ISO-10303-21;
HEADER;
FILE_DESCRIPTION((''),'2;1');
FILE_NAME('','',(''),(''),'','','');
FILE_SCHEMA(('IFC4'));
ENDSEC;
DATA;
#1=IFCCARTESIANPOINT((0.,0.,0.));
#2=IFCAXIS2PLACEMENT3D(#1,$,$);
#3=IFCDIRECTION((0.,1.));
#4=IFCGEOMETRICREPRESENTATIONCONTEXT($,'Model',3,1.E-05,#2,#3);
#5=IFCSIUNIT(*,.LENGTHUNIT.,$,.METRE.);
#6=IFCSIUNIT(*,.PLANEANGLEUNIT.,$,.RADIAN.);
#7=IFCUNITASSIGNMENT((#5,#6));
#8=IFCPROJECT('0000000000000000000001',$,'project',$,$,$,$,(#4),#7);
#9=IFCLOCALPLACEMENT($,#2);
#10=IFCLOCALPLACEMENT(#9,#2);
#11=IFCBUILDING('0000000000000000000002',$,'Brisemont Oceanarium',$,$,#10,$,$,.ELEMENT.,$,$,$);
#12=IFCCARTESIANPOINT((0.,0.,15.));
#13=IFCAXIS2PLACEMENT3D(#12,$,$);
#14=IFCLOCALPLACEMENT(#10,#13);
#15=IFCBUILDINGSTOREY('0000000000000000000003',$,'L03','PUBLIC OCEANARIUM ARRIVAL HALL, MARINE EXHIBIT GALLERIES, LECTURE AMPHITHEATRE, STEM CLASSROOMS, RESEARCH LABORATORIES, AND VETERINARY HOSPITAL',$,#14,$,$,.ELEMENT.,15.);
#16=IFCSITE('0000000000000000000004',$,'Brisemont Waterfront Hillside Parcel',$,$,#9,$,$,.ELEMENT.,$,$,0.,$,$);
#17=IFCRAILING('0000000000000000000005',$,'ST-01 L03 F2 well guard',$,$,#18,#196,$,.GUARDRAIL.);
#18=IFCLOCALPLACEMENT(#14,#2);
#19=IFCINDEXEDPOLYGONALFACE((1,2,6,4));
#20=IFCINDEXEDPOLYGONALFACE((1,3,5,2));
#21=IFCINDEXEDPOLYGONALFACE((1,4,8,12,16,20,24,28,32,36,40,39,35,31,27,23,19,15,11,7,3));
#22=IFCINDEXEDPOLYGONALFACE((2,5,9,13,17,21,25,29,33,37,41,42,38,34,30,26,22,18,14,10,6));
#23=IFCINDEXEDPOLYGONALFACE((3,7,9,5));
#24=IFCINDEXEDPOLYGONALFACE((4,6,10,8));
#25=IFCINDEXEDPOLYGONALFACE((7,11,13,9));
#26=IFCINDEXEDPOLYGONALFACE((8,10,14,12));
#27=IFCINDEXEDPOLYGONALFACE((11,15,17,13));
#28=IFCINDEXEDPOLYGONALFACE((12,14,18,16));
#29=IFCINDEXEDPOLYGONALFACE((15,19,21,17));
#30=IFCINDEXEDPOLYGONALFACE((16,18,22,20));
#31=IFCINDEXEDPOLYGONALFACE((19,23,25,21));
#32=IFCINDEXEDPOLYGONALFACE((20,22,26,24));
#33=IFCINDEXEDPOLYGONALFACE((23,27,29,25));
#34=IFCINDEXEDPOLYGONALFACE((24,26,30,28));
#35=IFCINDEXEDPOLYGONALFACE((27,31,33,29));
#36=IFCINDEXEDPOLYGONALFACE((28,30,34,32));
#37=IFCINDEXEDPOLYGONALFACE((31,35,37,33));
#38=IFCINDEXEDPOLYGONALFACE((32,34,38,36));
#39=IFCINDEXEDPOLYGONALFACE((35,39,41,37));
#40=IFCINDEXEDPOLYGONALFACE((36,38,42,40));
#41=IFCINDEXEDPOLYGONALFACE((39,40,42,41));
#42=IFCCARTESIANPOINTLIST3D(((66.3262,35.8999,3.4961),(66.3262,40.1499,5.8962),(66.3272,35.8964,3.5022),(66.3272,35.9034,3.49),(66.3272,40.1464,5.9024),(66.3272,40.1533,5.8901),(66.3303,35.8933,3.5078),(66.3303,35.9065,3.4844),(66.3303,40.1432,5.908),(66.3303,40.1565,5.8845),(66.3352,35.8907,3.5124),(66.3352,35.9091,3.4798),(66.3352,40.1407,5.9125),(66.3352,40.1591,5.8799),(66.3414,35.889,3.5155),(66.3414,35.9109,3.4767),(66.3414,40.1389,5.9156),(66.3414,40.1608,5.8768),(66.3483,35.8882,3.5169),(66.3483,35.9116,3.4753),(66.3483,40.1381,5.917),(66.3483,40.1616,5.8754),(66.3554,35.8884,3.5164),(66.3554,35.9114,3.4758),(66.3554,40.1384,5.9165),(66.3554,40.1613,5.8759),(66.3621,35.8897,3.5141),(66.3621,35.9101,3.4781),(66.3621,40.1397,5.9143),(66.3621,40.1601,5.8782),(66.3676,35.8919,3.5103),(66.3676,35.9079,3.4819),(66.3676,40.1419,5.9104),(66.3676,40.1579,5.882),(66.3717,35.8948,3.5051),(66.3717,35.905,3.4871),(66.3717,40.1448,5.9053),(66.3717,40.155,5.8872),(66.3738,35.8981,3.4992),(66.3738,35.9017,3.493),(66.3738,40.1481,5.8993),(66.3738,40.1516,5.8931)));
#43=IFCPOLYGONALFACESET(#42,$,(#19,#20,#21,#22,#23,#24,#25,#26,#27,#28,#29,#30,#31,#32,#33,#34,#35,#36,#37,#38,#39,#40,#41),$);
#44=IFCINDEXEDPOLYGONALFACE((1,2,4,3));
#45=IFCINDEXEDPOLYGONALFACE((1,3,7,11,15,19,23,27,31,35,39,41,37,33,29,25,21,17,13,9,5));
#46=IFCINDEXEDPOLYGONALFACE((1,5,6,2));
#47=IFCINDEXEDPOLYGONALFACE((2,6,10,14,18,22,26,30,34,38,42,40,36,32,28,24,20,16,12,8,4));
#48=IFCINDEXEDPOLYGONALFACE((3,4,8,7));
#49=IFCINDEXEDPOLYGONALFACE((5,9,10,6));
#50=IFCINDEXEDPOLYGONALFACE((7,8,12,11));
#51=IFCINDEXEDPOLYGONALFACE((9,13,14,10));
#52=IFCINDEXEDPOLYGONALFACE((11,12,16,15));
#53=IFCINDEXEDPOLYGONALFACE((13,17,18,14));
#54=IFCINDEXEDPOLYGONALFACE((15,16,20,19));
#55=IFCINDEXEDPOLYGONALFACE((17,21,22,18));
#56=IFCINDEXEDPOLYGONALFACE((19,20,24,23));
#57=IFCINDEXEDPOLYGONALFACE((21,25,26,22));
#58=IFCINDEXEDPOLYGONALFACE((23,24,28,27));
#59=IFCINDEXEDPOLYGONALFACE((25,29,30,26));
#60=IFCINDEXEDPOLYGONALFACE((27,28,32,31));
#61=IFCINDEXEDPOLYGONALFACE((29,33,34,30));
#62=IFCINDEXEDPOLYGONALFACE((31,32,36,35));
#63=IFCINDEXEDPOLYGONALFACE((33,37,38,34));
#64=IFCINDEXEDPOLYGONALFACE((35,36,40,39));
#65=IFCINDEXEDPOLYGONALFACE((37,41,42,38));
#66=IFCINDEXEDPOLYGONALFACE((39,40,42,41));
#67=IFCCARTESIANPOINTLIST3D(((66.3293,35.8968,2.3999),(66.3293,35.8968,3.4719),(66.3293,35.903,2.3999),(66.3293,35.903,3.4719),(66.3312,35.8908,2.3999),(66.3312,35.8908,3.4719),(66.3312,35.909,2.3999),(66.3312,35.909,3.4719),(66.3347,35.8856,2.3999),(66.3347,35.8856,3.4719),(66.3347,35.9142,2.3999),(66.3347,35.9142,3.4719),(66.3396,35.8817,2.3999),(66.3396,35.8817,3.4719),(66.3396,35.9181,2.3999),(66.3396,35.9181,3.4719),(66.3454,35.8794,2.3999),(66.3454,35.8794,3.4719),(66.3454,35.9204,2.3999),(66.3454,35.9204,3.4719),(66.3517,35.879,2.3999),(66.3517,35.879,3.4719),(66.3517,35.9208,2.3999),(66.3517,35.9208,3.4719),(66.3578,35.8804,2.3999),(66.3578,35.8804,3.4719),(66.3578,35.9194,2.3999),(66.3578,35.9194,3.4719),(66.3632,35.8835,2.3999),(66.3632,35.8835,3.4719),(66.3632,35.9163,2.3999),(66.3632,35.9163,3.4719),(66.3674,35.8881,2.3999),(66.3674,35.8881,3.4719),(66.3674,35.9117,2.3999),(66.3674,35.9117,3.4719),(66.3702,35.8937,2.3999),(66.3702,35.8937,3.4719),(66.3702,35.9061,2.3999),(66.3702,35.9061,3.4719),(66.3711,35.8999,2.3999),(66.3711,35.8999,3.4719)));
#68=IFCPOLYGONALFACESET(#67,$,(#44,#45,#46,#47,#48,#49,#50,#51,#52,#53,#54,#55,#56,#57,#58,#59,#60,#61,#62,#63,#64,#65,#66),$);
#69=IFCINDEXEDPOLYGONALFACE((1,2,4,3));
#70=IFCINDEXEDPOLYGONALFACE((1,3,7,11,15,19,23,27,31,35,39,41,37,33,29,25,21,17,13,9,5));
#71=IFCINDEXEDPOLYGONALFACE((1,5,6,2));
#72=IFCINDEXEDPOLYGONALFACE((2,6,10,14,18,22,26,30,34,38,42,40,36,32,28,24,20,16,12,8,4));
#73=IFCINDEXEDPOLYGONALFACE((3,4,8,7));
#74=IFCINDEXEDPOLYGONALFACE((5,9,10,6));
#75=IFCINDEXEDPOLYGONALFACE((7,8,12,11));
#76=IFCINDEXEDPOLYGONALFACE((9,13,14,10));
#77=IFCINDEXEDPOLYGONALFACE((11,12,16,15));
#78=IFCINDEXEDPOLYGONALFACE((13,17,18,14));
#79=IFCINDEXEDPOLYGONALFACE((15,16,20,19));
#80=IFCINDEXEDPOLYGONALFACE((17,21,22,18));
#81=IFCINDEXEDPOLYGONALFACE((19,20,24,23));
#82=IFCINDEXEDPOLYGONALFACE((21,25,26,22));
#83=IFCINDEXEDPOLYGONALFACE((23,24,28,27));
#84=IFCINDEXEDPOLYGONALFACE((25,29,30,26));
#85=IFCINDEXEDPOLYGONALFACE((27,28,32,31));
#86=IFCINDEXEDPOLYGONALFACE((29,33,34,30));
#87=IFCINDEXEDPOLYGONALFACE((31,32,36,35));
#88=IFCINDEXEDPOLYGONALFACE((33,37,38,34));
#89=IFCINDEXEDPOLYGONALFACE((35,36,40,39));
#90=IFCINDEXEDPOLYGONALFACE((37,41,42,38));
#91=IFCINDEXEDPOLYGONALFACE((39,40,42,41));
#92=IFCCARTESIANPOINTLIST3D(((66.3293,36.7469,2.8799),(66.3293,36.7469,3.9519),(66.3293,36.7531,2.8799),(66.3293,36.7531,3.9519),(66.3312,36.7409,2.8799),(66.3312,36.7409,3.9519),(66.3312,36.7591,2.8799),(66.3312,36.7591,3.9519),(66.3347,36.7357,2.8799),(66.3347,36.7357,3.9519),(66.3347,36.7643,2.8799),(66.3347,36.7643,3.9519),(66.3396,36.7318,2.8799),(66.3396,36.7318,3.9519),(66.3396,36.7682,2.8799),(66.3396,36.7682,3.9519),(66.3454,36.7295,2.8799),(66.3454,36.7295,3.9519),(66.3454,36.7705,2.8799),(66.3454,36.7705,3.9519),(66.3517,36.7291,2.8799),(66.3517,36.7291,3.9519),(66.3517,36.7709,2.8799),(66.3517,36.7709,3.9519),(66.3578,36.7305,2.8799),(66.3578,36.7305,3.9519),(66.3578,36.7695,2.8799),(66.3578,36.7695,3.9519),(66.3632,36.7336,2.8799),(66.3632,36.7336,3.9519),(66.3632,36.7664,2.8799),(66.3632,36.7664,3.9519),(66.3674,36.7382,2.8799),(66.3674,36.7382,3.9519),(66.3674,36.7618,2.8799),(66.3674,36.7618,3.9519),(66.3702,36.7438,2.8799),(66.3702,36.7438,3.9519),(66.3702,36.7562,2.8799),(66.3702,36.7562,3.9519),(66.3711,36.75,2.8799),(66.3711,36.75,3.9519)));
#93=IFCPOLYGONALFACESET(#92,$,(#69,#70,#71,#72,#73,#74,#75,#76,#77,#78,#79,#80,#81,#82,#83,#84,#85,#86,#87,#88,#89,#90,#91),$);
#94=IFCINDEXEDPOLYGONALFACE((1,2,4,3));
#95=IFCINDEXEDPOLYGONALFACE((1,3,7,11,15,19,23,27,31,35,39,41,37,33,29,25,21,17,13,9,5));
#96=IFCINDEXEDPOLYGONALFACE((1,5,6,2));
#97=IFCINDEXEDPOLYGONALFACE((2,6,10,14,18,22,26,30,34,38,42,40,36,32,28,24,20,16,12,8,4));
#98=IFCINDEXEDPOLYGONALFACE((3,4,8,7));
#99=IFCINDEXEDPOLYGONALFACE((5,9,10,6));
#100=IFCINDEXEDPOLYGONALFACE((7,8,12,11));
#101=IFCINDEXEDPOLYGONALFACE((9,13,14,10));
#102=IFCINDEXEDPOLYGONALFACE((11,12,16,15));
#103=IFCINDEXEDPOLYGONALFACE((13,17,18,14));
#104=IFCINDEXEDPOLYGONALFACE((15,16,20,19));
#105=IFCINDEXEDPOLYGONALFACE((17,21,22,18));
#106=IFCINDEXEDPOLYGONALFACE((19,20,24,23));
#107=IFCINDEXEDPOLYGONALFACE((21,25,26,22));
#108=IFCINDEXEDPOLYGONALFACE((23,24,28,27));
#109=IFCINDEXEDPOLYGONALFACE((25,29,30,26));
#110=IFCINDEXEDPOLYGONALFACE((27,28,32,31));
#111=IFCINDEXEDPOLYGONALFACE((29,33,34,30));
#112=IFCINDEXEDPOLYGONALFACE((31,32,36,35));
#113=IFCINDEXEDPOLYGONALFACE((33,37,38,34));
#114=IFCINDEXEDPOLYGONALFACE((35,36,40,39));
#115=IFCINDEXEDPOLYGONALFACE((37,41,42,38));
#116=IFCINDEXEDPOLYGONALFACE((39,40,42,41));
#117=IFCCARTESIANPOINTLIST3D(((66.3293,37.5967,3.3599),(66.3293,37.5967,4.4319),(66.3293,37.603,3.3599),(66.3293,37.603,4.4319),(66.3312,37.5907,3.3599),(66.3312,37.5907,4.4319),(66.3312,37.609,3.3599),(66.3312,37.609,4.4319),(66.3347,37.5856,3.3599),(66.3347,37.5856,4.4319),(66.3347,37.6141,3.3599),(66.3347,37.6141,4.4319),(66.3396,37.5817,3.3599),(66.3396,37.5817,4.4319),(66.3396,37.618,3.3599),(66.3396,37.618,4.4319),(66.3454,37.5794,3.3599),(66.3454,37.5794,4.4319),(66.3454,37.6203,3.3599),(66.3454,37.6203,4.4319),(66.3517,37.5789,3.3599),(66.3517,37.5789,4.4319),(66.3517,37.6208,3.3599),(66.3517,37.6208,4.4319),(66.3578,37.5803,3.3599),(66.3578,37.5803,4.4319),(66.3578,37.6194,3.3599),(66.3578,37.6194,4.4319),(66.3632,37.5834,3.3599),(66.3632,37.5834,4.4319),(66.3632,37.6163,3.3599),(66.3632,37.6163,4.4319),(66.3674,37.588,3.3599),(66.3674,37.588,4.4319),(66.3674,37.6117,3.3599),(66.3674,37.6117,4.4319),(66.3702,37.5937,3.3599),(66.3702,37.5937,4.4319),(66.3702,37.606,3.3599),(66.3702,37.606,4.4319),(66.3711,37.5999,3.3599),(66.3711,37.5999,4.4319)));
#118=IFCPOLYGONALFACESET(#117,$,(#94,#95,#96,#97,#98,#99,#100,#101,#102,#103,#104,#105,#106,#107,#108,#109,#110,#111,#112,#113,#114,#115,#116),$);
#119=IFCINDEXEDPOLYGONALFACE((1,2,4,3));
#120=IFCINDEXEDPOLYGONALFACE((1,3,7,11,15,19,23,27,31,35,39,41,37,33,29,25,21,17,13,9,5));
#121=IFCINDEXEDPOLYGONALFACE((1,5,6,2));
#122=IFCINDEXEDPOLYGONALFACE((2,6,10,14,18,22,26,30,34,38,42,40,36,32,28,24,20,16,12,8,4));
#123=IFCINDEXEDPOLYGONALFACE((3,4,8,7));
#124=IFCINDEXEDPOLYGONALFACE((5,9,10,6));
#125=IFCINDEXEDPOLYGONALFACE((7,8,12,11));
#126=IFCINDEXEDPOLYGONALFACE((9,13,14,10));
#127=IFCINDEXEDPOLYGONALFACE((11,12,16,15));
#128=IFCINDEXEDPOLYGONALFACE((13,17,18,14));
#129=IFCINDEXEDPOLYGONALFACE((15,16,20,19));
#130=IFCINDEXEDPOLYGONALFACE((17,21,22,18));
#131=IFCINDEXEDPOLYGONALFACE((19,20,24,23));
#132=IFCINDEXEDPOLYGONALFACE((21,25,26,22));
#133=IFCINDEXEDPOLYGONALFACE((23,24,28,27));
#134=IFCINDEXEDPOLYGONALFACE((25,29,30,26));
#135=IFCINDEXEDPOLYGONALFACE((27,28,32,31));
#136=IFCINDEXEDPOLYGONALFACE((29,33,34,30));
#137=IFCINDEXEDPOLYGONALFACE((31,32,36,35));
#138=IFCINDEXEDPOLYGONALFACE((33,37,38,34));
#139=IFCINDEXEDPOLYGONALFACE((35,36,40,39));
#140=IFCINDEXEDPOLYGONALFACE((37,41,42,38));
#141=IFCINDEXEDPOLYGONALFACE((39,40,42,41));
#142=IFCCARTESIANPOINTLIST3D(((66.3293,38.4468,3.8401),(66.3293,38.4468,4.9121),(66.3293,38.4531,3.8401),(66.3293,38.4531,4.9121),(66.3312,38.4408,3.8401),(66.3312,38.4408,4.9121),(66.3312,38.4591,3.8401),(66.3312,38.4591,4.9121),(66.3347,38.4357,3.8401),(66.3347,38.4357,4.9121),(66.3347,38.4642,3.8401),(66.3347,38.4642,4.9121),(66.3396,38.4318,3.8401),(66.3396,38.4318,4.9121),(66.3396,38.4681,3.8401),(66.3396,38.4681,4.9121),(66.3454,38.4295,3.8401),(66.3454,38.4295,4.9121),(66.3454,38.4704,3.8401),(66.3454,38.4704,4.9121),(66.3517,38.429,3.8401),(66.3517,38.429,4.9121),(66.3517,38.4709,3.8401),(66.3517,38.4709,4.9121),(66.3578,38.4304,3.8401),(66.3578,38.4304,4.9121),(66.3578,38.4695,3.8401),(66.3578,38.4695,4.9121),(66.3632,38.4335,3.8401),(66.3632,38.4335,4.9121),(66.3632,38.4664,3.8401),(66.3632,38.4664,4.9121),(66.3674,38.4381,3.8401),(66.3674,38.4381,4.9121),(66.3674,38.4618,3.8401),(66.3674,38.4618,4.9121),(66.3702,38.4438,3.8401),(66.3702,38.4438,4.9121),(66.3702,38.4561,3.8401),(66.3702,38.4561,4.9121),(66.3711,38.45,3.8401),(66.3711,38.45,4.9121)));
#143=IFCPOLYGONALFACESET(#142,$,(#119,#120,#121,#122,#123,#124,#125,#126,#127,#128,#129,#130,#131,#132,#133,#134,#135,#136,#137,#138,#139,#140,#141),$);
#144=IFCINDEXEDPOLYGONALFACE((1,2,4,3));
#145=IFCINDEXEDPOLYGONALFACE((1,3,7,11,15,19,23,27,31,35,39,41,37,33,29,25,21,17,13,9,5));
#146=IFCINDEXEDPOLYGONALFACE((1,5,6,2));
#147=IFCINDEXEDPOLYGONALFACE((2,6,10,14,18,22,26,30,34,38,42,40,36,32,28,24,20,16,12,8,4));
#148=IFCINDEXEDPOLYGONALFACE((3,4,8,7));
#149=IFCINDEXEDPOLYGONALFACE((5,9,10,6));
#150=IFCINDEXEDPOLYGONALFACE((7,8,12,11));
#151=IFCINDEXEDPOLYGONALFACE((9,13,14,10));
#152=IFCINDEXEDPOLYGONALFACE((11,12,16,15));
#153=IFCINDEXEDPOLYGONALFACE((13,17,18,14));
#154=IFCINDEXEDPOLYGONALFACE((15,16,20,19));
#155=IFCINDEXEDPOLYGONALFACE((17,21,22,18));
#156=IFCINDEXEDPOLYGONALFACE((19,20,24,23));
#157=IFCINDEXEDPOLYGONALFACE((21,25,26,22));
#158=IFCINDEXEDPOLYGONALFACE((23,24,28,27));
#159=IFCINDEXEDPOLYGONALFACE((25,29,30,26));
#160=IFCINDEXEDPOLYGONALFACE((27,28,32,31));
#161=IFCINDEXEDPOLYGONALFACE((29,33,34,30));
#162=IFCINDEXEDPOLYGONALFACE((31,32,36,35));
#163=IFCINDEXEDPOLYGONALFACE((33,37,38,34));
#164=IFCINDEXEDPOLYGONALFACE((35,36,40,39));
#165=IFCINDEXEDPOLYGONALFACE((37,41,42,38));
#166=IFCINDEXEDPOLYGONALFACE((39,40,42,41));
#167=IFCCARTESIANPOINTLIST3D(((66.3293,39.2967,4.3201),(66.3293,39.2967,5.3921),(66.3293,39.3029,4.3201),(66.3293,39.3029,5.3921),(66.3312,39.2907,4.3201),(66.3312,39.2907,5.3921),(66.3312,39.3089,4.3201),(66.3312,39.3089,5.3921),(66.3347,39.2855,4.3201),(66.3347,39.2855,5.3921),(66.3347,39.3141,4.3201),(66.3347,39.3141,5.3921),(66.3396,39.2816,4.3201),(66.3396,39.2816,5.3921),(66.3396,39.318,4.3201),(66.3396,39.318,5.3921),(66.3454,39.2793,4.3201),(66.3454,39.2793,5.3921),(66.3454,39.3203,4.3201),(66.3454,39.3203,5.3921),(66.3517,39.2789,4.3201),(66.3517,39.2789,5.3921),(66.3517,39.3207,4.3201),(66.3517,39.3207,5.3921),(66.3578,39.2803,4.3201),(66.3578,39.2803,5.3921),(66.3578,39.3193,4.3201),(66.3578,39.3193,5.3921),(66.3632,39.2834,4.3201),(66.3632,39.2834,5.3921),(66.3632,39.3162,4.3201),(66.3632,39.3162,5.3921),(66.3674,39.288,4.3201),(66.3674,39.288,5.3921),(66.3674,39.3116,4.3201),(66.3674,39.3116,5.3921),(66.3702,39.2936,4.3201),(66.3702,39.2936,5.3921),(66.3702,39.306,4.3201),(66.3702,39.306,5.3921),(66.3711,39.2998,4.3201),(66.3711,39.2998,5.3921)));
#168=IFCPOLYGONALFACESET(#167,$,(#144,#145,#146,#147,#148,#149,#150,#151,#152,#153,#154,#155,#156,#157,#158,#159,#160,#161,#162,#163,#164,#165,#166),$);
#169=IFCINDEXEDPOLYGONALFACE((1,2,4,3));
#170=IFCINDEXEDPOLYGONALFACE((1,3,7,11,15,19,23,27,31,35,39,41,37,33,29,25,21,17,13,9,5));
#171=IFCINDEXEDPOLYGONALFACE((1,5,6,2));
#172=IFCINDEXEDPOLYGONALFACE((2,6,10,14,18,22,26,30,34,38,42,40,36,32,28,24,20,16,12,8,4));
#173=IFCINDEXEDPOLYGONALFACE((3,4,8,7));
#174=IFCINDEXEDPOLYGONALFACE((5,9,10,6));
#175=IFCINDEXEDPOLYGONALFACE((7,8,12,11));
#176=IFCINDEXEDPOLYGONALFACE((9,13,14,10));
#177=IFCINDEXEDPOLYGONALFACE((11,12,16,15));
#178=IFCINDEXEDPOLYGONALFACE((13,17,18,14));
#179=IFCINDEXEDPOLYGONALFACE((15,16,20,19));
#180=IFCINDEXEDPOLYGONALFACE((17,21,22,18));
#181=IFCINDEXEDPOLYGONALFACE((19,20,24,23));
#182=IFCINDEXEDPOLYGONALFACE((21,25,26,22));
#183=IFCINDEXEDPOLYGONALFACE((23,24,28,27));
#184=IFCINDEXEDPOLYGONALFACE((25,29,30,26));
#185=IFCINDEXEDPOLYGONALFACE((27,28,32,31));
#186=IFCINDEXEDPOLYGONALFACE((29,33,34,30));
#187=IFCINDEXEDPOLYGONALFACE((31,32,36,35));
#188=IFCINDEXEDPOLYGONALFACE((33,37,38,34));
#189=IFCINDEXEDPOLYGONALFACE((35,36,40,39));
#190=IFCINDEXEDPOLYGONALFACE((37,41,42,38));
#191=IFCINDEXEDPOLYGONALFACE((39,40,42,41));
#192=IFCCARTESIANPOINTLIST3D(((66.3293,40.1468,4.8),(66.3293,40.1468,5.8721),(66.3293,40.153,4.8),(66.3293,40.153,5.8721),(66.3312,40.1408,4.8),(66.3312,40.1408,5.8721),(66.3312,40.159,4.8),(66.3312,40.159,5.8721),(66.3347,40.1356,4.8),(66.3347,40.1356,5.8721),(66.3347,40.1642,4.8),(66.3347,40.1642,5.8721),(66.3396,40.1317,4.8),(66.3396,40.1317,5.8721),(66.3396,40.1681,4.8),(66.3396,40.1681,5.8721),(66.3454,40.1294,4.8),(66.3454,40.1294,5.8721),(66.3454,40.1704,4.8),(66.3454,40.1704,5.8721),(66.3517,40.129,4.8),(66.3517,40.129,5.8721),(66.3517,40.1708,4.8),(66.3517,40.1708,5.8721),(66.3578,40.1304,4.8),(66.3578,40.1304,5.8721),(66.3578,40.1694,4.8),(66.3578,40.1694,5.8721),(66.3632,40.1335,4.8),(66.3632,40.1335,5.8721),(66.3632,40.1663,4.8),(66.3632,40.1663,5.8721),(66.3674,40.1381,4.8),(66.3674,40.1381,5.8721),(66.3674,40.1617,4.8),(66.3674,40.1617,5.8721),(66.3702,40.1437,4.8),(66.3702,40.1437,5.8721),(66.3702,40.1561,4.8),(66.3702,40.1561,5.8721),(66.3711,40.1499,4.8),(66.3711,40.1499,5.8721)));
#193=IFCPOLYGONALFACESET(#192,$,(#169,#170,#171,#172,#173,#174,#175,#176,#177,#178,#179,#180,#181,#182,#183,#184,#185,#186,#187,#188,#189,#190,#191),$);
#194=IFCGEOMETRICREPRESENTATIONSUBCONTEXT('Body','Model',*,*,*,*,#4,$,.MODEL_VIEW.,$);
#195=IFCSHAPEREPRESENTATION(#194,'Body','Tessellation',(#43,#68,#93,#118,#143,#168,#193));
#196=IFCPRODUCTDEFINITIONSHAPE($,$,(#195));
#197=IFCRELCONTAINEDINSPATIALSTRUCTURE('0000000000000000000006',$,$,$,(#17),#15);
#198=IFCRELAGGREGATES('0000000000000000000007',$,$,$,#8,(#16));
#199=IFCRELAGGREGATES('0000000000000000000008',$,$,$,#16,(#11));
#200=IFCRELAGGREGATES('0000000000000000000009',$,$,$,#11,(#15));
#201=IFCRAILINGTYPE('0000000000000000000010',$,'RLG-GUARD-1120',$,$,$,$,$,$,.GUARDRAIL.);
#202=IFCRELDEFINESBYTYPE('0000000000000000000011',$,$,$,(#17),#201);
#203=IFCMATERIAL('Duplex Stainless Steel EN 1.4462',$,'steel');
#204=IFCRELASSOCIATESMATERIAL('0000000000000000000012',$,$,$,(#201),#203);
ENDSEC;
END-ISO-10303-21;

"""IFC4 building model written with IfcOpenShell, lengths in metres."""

from ifc_helpers import new_model, si_unit, direction, frame, origin, origin_2d, place, context, subcontext, project, spatial, circle, extrude, material, type_object, element, save


model = new_model("IFC4")

# Units and contexts
model_context = context("Model", 3, precision=1e-05, world=origin(), true_north=direction((0.0, 1.0)))
body_context = subcontext(model_context, "Body", "Model", "MODEL_VIEW")
ifc_project = project(units=[si_unit("LENGTHUNIT", "METRE"), si_unit("PLANEANGLEUNIT", "RADIAN")], contexts=[model_context])

# Site, building, storey
site_placement = place(None, origin())
site = spatial("IfcSite", under=ifc_project, at=site_placement, Name="Brisemont Waterfront Hillside Parcel", CompositionType="ELEMENT", RefElevation=0.0)
building_placement = place(site_placement, origin())
building = spatial("IfcBuilding", under=site, at=building_placement, Name="Brisemont Oceanarium", CompositionType="ELEMENT")
storey_placement = place(building_placement, frame((0.0, 0.0, 15.0)))
storey = spatial("IfcBuildingStorey", under=building, at=storey_placement, Name="L03", Description="PUBLIC OCEANARIUM ARRIVAL HALL, MARINE EXHIBIT GALLERIES, LECTURE AMPHITHEATRE, STEM CLASSROOMS, RESEARCH LABORATORIES, AND VETERINARY HOSPITAL", CompositionType="ELEMENT", Elevation=15.0)

# Railing
ifc_material_1 = material(Name="Duplex Stainless Steel EN 1.4462", Category="steel")
railing_type_1 = type_object("IfcRailingType", Name="RLG-GUARD-1120", PredefinedType="GUARDRAIL", material=ifc_material_1)
railing_1_placement = place(storey_placement, frame((66.3501, 35.8999, 2.3999)))
element("IfcRailing", 1, at=railing_1_placement, inside=storey, type_object=railing_type_1, Name="ST-01 L03 F2 well guard", PredefinedType="GUARDRAIL", context=body_context, shape_type="SweptSolid", body=[
    extrude(circle(Radius=0.0239, at=origin_2d()), frame((0.0, 0.0, 1.0962), z_axis=(0.0, 0.870741, 0.491742), x_axis=(-1.0, 0.0, 0.0)), (0.0, 0.0, 1.0), 4.8809),
    extrude(circle(Radius=0.021, at=origin_2d()), origin(), (0.0, 0.0, 1.0), 1.072),
    extrude(circle(Radius=0.021, at=origin_2d()), frame((0.0, 0.8501, 0.48)), (0.0, 0.0, 1.0), 1.072),
    extrude(circle(Radius=0.021, at=origin_2d()), frame((0.0, 1.7, 0.96)), (0.0, 0.0, 1.0), 1.072),
    extrude(circle(Radius=0.021, at=origin_2d()), frame((0.0, 2.55, 1.4402)), (0.0, 0.0, 1.0), 1.072),
    extrude(circle(Radius=0.021, at=origin_2d()), frame((0.0, 3.3999, 1.9202)), (0.0, 0.0, 1.0), 1.072),
    extrude(circle(Radius=0.021, at=origin_2d()), frame((0.0, 4.25, 2.4001)), (0.0, 0.0, 1.0), 1.072),
])

save(model, "model.ifc")
